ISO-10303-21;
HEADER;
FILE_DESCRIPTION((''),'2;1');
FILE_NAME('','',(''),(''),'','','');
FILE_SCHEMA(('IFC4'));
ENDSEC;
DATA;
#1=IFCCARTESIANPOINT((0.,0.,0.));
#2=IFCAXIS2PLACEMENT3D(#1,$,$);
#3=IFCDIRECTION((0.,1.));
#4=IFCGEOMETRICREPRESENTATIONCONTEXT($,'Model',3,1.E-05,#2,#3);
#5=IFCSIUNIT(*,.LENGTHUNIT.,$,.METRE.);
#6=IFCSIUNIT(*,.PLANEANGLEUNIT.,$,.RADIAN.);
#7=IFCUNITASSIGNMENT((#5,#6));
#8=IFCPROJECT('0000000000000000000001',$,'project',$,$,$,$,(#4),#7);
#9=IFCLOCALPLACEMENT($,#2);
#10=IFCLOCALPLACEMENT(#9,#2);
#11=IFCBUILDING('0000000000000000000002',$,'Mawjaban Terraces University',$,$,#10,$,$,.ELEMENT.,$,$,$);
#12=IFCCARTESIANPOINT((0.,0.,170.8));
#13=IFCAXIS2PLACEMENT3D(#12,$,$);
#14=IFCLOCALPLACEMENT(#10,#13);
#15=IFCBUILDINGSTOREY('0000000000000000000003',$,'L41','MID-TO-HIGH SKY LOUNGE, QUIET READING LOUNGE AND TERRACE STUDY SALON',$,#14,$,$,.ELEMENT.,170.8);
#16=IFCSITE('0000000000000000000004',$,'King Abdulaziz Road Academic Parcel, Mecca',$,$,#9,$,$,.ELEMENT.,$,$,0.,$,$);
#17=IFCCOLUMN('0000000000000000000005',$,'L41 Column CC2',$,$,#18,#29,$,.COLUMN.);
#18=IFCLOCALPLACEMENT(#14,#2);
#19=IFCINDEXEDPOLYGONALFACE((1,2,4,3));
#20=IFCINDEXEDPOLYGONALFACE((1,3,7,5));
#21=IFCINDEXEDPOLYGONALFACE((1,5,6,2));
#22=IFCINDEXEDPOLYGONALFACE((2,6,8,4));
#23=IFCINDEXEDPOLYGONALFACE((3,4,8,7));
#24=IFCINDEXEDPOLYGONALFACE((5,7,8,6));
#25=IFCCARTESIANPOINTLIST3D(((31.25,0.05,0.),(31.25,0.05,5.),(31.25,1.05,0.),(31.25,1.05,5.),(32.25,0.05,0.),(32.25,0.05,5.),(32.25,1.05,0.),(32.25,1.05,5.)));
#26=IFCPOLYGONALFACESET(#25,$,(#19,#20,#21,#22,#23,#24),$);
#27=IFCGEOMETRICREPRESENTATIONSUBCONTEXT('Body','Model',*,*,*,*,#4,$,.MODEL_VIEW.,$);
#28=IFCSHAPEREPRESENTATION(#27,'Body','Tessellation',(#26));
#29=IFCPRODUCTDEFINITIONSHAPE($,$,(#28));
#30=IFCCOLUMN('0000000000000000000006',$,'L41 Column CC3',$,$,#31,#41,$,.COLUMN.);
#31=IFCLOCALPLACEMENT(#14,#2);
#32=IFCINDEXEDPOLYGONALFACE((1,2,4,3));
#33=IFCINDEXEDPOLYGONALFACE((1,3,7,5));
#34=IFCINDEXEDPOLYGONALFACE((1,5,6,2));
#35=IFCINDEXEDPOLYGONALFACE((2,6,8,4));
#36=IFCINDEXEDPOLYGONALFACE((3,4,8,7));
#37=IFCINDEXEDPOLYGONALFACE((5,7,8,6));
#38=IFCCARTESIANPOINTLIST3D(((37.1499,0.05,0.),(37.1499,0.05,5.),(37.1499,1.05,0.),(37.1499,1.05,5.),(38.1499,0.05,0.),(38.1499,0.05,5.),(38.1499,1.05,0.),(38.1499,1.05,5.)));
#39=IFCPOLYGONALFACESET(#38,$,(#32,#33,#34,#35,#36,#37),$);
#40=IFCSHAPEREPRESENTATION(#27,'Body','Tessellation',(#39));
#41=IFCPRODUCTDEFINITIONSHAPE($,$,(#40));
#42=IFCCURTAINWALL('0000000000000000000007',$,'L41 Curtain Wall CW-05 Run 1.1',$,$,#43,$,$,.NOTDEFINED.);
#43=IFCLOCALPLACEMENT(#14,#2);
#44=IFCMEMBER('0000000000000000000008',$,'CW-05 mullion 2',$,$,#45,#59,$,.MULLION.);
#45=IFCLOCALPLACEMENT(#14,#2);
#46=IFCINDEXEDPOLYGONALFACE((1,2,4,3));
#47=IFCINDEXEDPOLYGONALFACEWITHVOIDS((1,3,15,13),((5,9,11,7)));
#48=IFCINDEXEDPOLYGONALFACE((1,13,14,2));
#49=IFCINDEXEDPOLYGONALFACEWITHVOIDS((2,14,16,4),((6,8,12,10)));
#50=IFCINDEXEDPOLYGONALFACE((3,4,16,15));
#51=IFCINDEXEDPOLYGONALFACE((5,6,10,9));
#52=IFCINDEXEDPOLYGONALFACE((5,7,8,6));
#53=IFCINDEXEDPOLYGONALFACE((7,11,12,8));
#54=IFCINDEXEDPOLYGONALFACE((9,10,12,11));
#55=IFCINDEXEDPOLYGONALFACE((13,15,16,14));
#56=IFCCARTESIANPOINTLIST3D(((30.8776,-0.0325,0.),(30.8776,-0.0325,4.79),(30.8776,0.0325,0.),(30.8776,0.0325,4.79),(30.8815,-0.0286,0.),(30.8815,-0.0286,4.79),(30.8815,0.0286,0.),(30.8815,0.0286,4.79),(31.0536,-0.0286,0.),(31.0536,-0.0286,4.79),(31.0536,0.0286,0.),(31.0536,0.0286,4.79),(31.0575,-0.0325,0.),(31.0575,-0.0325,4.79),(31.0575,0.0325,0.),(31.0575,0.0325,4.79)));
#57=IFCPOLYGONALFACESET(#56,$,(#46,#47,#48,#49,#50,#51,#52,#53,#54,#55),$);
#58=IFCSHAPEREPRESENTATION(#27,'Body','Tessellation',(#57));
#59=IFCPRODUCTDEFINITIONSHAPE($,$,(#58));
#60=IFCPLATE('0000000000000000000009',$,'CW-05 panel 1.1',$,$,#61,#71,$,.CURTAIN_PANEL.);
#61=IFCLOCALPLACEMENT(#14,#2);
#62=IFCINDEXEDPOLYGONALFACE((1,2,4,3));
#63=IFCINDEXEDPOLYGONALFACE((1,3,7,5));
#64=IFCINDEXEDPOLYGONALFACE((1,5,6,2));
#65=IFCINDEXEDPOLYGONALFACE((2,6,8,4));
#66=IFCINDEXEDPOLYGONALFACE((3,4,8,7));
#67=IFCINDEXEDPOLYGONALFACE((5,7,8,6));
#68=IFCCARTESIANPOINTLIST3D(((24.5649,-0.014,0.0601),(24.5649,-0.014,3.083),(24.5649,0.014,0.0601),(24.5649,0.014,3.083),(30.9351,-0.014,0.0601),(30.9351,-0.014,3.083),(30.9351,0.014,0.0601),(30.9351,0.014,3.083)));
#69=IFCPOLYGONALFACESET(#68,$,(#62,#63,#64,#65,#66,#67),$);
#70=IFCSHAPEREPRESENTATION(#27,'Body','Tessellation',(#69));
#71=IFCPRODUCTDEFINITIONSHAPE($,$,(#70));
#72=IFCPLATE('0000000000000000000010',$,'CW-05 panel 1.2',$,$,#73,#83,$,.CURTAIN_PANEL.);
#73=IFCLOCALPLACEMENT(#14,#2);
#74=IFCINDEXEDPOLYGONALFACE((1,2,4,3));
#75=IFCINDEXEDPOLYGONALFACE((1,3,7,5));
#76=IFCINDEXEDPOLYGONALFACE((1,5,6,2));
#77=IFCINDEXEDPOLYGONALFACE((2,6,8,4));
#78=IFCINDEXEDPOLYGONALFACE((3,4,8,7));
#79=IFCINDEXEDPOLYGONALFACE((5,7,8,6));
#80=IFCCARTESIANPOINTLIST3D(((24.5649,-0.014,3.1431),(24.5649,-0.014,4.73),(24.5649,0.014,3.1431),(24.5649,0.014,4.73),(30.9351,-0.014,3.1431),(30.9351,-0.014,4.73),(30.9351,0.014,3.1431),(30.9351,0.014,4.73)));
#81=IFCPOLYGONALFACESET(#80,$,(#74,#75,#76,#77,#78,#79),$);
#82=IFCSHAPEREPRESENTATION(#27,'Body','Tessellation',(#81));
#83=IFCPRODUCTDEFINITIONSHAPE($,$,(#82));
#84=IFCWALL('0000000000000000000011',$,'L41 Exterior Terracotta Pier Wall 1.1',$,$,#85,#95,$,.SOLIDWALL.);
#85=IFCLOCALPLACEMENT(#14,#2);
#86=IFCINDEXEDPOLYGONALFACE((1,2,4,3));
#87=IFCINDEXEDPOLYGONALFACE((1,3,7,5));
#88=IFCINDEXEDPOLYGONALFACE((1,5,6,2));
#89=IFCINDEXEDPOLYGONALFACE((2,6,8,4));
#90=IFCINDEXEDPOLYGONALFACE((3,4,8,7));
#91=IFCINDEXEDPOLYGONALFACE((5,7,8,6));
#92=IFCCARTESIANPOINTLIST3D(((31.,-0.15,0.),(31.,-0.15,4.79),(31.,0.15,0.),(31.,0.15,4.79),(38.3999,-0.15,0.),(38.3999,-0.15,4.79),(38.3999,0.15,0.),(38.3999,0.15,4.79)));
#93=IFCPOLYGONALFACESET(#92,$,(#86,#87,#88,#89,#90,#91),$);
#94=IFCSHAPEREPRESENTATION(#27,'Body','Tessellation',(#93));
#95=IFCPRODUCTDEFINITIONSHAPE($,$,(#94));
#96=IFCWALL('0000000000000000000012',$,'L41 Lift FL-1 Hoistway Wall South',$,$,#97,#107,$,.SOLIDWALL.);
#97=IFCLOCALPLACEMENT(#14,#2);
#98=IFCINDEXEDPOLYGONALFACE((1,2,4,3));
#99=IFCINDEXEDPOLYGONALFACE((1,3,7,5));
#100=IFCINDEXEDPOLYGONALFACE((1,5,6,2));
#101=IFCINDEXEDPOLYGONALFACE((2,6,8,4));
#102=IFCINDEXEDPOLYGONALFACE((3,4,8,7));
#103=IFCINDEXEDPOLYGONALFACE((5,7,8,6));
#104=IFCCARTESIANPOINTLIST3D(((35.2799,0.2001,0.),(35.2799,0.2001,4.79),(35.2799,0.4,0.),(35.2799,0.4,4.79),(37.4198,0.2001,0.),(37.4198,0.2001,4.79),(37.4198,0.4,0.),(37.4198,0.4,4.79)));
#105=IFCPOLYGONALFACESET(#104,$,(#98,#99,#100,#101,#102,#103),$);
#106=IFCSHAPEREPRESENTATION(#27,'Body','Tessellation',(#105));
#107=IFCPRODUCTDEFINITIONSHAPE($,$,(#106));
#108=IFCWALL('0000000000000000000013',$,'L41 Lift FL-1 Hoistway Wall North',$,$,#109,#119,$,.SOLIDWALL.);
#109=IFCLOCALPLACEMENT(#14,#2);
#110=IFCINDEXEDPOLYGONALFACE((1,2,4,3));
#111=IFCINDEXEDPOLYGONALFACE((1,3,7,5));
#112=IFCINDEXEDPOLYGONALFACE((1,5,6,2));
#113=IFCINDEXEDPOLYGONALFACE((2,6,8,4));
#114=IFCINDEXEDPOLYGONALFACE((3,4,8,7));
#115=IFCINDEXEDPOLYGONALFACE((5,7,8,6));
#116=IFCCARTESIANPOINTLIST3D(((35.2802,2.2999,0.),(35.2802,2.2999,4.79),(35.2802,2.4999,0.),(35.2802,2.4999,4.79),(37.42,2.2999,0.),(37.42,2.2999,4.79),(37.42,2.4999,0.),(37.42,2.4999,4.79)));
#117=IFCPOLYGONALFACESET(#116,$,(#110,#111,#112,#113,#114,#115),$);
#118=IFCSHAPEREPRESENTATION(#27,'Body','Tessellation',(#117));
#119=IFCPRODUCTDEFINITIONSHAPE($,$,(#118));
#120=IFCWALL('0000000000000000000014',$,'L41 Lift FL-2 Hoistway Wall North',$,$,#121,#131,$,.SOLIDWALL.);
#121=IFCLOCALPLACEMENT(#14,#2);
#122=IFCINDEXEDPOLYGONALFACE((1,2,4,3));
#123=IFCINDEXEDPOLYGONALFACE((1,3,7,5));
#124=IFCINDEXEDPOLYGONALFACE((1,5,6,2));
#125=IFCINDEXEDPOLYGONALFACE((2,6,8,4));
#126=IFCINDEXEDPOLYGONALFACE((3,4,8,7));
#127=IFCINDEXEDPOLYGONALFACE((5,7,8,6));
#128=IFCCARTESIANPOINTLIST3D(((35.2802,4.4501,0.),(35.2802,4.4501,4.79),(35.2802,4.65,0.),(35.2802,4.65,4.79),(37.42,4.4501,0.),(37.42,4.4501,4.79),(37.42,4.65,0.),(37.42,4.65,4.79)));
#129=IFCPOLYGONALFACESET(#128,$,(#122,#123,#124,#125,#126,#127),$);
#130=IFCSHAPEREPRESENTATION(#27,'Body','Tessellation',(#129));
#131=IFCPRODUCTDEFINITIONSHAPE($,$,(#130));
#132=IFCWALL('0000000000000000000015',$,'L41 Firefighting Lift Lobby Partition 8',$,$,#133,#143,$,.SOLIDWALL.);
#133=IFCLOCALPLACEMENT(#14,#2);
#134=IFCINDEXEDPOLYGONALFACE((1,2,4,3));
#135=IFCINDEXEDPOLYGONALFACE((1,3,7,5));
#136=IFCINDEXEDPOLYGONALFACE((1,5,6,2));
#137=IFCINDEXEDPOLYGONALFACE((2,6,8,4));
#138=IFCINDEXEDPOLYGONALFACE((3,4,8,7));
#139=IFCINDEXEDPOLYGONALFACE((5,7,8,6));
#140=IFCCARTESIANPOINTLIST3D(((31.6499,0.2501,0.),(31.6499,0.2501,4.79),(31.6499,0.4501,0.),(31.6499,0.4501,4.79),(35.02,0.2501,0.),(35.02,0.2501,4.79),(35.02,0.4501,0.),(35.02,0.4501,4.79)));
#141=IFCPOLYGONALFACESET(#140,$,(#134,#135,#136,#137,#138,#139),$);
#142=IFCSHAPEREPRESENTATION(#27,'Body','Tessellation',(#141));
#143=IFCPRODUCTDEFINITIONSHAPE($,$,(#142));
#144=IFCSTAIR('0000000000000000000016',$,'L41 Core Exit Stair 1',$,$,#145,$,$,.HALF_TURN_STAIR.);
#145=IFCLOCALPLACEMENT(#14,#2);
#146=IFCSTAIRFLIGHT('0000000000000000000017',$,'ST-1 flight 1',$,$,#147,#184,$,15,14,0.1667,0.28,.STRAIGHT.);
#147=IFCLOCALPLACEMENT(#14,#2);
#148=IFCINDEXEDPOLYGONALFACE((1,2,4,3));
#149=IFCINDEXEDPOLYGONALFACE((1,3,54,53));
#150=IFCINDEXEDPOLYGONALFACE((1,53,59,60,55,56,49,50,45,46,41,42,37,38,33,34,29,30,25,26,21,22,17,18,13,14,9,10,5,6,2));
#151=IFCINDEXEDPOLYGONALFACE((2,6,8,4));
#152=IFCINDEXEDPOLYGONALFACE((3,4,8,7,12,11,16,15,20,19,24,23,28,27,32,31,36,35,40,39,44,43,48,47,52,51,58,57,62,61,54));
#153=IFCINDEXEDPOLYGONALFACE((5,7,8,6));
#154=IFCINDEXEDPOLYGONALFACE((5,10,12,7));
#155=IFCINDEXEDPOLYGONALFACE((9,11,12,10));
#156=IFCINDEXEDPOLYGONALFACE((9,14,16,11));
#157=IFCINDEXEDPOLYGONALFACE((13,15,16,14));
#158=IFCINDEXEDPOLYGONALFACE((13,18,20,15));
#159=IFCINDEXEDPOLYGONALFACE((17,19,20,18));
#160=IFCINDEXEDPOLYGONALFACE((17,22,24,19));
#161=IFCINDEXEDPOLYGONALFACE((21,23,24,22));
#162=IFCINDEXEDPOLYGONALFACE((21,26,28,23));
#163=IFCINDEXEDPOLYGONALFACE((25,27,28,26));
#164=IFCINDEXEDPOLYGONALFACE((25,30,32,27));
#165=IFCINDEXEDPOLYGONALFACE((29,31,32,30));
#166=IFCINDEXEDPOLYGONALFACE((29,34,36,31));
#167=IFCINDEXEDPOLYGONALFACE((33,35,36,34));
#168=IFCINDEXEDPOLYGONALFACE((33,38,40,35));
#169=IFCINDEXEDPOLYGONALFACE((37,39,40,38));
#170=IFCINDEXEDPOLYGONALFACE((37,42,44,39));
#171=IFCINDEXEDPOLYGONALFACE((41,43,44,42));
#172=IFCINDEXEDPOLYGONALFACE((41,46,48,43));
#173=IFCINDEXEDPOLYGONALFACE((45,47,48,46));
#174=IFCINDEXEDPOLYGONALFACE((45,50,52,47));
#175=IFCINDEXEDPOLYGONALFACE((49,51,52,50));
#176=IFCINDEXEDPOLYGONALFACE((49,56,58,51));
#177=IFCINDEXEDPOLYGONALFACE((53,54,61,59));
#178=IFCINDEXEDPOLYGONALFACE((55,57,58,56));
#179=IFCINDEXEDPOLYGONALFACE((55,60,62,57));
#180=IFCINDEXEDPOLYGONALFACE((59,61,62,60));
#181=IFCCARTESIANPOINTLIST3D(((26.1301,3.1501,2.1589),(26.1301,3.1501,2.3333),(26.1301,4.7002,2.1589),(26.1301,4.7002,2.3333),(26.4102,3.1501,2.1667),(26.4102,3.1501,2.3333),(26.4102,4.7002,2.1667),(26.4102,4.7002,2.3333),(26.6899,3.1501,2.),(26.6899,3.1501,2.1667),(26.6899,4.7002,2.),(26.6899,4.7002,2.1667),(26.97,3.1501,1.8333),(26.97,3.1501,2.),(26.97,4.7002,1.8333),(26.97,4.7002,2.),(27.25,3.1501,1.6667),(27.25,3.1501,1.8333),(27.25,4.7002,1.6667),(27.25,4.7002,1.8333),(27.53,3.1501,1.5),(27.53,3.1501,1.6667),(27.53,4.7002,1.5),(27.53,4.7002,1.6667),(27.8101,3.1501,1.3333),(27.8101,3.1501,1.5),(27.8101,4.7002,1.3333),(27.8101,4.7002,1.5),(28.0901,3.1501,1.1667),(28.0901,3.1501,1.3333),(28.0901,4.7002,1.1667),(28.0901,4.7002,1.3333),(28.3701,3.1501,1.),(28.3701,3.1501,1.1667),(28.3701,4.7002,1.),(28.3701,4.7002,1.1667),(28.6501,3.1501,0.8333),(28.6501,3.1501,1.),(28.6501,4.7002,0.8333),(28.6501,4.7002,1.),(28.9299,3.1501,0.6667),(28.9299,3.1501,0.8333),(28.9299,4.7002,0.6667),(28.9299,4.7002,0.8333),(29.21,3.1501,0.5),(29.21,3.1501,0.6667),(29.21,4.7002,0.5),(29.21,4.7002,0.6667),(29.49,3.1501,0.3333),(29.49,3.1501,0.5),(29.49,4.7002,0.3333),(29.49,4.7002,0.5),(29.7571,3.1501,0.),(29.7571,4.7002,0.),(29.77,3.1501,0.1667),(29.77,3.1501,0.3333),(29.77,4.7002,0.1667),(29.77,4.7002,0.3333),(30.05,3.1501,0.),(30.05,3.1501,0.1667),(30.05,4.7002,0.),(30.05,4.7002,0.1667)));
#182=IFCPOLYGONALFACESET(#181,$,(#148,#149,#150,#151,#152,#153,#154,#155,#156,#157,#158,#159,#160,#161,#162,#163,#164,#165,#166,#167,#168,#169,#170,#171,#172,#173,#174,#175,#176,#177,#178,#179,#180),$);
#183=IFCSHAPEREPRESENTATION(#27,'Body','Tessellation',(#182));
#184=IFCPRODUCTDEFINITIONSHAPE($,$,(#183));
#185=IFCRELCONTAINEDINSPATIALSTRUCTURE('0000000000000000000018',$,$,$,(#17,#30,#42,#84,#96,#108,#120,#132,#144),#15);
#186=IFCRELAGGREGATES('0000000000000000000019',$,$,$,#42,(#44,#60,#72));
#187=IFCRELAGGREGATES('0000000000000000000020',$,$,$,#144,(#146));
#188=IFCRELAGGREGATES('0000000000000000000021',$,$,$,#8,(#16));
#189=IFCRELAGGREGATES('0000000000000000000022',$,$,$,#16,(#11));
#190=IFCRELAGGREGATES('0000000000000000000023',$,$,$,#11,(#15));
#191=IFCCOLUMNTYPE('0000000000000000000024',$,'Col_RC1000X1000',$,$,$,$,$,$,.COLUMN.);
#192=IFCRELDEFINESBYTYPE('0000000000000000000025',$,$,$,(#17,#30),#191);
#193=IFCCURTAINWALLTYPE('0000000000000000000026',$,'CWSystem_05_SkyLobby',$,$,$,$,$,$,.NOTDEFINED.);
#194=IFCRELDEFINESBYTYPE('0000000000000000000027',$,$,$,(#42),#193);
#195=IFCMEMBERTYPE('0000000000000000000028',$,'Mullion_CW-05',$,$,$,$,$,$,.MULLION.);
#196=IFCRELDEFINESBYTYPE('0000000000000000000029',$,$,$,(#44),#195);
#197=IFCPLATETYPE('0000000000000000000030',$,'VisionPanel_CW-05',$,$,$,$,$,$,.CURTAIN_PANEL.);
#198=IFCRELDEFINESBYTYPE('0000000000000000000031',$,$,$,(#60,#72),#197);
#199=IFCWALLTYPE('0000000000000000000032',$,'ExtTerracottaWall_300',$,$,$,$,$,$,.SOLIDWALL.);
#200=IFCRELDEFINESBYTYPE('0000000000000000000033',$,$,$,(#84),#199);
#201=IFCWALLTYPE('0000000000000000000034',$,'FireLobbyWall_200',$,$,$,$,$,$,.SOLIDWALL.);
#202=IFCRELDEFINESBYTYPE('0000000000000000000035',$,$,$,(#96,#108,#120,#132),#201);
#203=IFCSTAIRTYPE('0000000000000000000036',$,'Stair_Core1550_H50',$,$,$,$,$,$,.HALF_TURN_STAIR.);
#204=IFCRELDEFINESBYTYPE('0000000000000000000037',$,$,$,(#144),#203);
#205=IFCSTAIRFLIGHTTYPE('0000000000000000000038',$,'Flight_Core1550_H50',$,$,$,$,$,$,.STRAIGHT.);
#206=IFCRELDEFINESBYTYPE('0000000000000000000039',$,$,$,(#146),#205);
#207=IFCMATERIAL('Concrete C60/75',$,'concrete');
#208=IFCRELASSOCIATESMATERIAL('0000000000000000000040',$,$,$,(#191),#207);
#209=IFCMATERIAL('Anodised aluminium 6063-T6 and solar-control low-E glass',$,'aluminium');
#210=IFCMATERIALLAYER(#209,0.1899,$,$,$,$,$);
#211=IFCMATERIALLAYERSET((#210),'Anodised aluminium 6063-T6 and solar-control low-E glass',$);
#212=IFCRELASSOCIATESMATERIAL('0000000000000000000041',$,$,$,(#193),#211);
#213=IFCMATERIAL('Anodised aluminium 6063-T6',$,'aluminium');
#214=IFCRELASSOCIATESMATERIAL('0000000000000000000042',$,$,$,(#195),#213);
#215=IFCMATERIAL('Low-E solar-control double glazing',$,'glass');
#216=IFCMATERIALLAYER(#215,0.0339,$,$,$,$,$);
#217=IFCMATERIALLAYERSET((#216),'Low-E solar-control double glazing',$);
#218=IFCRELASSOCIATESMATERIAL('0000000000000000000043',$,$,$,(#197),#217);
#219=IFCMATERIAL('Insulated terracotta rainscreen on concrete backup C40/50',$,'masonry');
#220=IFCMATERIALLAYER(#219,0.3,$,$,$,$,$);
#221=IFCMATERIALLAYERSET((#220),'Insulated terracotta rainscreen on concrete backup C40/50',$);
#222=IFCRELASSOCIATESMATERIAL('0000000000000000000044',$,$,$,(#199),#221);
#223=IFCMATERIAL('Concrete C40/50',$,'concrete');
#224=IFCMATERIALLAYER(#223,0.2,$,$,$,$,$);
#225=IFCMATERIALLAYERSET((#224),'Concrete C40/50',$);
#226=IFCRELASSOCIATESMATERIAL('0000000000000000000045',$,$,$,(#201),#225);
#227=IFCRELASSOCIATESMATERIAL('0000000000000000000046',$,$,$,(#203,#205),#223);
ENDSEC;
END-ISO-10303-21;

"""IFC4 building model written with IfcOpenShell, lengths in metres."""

from ifc_helpers import new_model, si_unit, direction, frame, frame_2d, origin, origin_2d, place, context, subcontext, project, spatial, polyline, rectangle, hollow_rectangle, outline, extrude, material, layer, layer_set, material_profile, profile_set, type_object, element, aggregate, save


model = new_model("IFC4")

# Units and contexts
model_context = context("Model", 3, precision=1e-05, world=origin(), true_north=direction((0.0, 1.0)))
body_context = subcontext(model_context, "Body", "Model", "MODEL_VIEW")
ifc_project = project(units=[si_unit("LENGTHUNIT", "METRE"), si_unit("PLANEANGLEUNIT", "RADIAN")], contexts=[model_context])

# Site, building, storey
site_placement = place(None, origin())
site = spatial("IfcSite", under=ifc_project, at=site_placement, Name="King Abdulaziz Road Academic Parcel, Mecca", CompositionType="ELEMENT", RefElevation=0.0)
building_placement = place(site_placement, origin())
building = spatial("IfcBuilding", under=site, at=building_placement, Name="Mawjaban Terraces University", CompositionType="ELEMENT")
storey_placement = place(building_placement, frame((0.0, 0.0, 170.8)))
storey = spatial("IfcBuildingStorey", under=building, at=storey_placement, Name="L41", Description="MID-TO-HIGH SKY LOUNGE, QUIET READING LOUNGE AND TERRACE STUDY SALON", CompositionType="ELEMENT", Elevation=170.8)

# Columns
ifc_material_1 = material(Name="Concrete C60/75", Category="concrete")
ifc_material_profile_1 = material_profile(ifc_material_1, rectangle(XDim=1.0, YDim=1.0, at=origin_2d()), Name="RC1000X1000")
ifc_profile_set_1 = profile_set([ifc_material_profile_1], Name="Concrete C60/75")
column_type = type_object("IfcColumnType", Name="Col_RC1000X1000", PredefinedType="COLUMN", material=ifc_profile_set_1)
for number, where, z_axis, x_axis, name in (
    (1, (31.75, 0.55, 0.0), (0.0, 0.0, 1.0), (1.0, 0.0, 0.0), "L41 Column CC2"),
    (2, (37.6499, 0.55, 0.0), (0.0, 0.0, 1.0), (1.0, 0.0, 0.0), "L41 Column CC3"),
):
    element("IfcColumn", number, at=place(storey_placement, frame(where, z_axis=z_axis, x_axis=x_axis)), inside=storey, type_object=column_type, Name=name, PredefinedType="COLUMN", context=body_context, shape_type="SweptSolid", body=[
        extrude(rectangle(XDim=1.0, YDim=1.0, at=origin_2d()), origin(), (0.0, 0.0, 1.0), 5.0),
    ])

# Curtain wall, member, plates
ifc_material_2 = material(Name="Anodised aluminium 6063-T6 and solar-control low-E glass", Category="aluminium")
ifc_layer_1 = layer(ifc_material_2, 0.1899)
ifc_layer_set_1 = layer_set([ifc_layer_1], Name="Anodised aluminium 6063-T6 and solar-control low-E glass")
curtain_wall_type = type_object("IfcCurtainWallType", Name="CWSystem_05_SkyLobby", PredefinedType="NOTDEFINED", material=ifc_layer_set_1)
curtain_wall_placement = place(storey_placement, origin())
curtain_wall = element("IfcCurtainWall", 3, at=curtain_wall_placement, inside=storey, type_object=curtain_wall_type, Name="L41 Curtain Wall CW-05 Run 1.1", PredefinedType="NOTDEFINED")
ifc_material_3 = material(Name="Anodised aluminium 6063-T6", Category="aluminium")
ifc_material_profile_2 = material_profile(ifc_material_3, hollow_rectangle(XDim=0.0649, YDim=0.1799, WallThickness=0.0039, at=origin_2d()), Name="ALU180X65X4")
ifc_profile_set_2 = profile_set([ifc_material_profile_2], Name="Anodised aluminium 6063-T6")
member_type = type_object("IfcMemberType", Name="Mullion_CW-05", PredefinedType="MULLION", material=ifc_profile_set_2)
member_placement = place(storey_placement, frame((30.9675, 0.0, 0.0), z_axis=(0.0, 0.0, 1.0), x_axis=(0.0, 1.0, 0.0)))
member = element("IfcMember", 4, at=member_placement, type_object=member_type, Name="CW-05 mullion 2", PredefinedType="MULLION", context=body_context, shape_type="SweptSolid", body=[
    extrude(hollow_rectangle(XDim=0.0649, YDim=0.1799, WallThickness=0.0039, at=origin_2d()), origin(), (0.0, 0.0, 1.0), 4.79),
])
ifc_material_4 = material(Name="Low-E solar-control double glazing", Category="glass")
ifc_layer_2 = layer(ifc_material_4, 0.0339)
ifc_layer_set_2 = layer_set([ifc_layer_2], Name="Low-E solar-control double glazing")
plate_type = type_object("IfcPlateType", Name="VisionPanel_CW-05", PredefinedType="CURTAIN_PANEL", material=ifc_layer_set_2)
plate_1_placement = place(storey_placement, frame((27.75, 0.0, 0.0601), z_axis=(0.0, 0.0, 1.0), x_axis=(1.0, 0.0, 0.0)))
plate_1 = element("IfcPlate", 5, at=plate_1_placement, type_object=plate_type, Name="CW-05 panel 1.1", PredefinedType="CURTAIN_PANEL", context=body_context, shape_type="SweptSolid", body=[
    extrude(rectangle(XDim=6.3701, YDim=0.0281, at=origin_2d()), origin(), (0.0, 0.0, 1.0), 3.0229),
])
plate_2_placement = place(storey_placement, frame((27.75, 0.0, 3.1431), z_axis=(0.0, 0.0, 1.0), x_axis=(1.0, 0.0, 0.0)))
plate_2 = element("IfcPlate", 6, at=plate_2_placement, type_object=plate_type, Name="CW-05 panel 1.2", PredefinedType="CURTAIN_PANEL", context=body_context, shape_type="SweptSolid", body=[
    extrude(rectangle(XDim=6.3701, YDim=0.0281, at=origin_2d()), origin(), (0.0, 0.0, 1.0), 1.5869),
])
aggregate(curtain_wall, [member, plate_1, plate_2])

# Wall
ifc_material_5 = material(Name="Insulated terracotta rainscreen on concrete backup C40/50", Category="masonry")
ifc_layer_3 = layer(ifc_material_5, 0.3)
ifc_layer_set_3 = layer_set([ifc_layer_3], Name="Insulated terracotta rainscreen on concrete backup C40/50")
wall_type_1 = type_object("IfcWallType", Name="ExtTerracottaWall_300", PredefinedType="SOLIDWALL", material=ifc_layer_set_3)
wall_1_placement = place(storey_placement, frame((31.0, 0.0, 0.0), z_axis=(0.0, 0.0, 1.0), x_axis=(1.0, 0.0, 0.0)))
element("IfcWall", 7, at=wall_1_placement, inside=storey, type_object=wall_type_1, Name="L41 Exterior Terracotta Pier Wall 1.1", PredefinedType="SOLIDWALL", context=body_context, shape_type="SweptSolid", body=[
    extrude(rectangle(XDim=7.3999, YDim=0.3, at=frame_2d((3.7, 0.0))), origin(), (0.0, 0.0, 1.0), 4.79),
])

# Shared definitions
ifc_material_6 = material(Name="Concrete C40/50", Category="concrete")
ifc_layer_4 = layer(ifc_material_6, 0.2)
ifc_layer_set_4 = layer_set([ifc_layer_4], Name="Concrete C40/50")
wall_type_2 = type_object("IfcWallType", Name="FireLobbyWall_200", PredefinedType="SOLIDWALL", material=ifc_layer_set_4)

# Walls
for number, where, z_axis, x_axis, name in (
    (8, (35.28, 0.3, 0.0), (0.0, 0.0, 1.0), (1.0, 0.0, 0.0), "L41 Lift FL-1 Hoistway Wall South"),
    (9, (37.4199, 2.3999, 0.0), (0.0, 0.0, 1.0), (-1.0, 0.0, 0.0), "L41 Lift FL-1 Hoistway Wall North"),
):
    element("IfcWall", number, at=place(storey_placement, frame(where, z_axis=z_axis, x_axis=x_axis)), inside=storey, type_object=wall_type_2, Name=name, PredefinedType="SOLIDWALL", context=body_context, shape_type="SweptSolid", body=[
        extrude(rectangle(XDim=2.1399, YDim=0.2, at=frame_2d((1.0698, 0.0))), origin(), (0.0, 0.0, 1.0), 4.79),
    ])

# Walls
wall_2_placement = place(storey_placement, frame((37.4199, 4.55, 0.0), z_axis=(0.0, 0.0, 1.0), x_axis=(-1.0, 0.0, 0.0)))
element("IfcWall", 10, at=wall_2_placement, inside=storey, type_object=wall_type_2, Name="L41 Lift FL-2 Hoistway Wall North", PredefinedType="SOLIDWALL", context=body_context, shape_type="SweptSolid", body=[
    extrude(rectangle(XDim=2.1399, YDim=0.2, at=frame_2d((1.0698, 0.0))), origin(), (0.0, 0.0, 1.0), 4.79),
])
wall_3_placement = place(storey_placement, frame((31.6499, 0.3501, 0.0), z_axis=(0.0, 0.0, 1.0), x_axis=(1.0, 0.0, 0.0)))
element("IfcWall", 11, at=wall_3_placement, inside=storey, type_object=wall_type_2, Name="L41 Firefighting Lift Lobby Partition 8", PredefinedType="SOLIDWALL", context=body_context, shape_type="SweptSolid", body=[
    extrude(rectangle(XDim=3.3701, YDim=0.2, at=frame_2d((1.6851, 0.0))), origin(), (0.0, 0.0, 1.0), 4.79),
])

# Stair, stair flight
stair_type = type_object("IfcStairType", Name="Stair_Core1550_H50", PredefinedType="HALF_TURN_STAIR", material=ifc_material_6)
stair_placement = place(storey_placement, origin())
stair = element("IfcStair", 12, at=stair_placement, inside=storey, type_object=stair_type, Name="L41 Core Exit Stair 1", PredefinedType="HALF_TURN_STAIR")
stair_flight_type = type_object("IfcStairFlightType", Name="Flight_Core1550_H50", PredefinedType="STRAIGHT", material=ifc_material_6)
stair_flight_1_placement = place(storey_placement, frame((30.05, 3.925, 0.0), z_axis=(0.0, 0.0, 1.0), x_axis=(-1.0, 0.0, 0.0)))
stair_flight_1 = element("IfcStairFlight", 13, at=stair_flight_1_placement, type_object=stair_flight_type, Name="ST-1 flight 1", NumberOfRisers=15, NumberOfTreads=14, PredefinedType="STRAIGHT", RiserHeight=0.1667, TreadLength=0.28, context=body_context, shape_type="SweptSolid", body=[
    extrude(outline(polyline([(0.0, 0.0), (0.0, 0.1667), (0.28, 0.1667), (0.28, 0.3333), (0.5601, 0.3333), (0.5601, 0.5), (0.8401, 0.5), (0.8401, 0.6667), (1.1201, 0.6667), (1.1201, 0.8333), (1.3999, 0.8333), (1.3999, 1.0), (1.6799, 1.0), (1.6799, 1.1667), (1.96, 1.1667), (1.96, 1.3333), (2.24, 1.3333), (2.24, 1.5), (2.52, 1.5), (2.52, 1.6667), (2.8, 1.6667), (2.8, 1.8333), (3.0801, 1.8333), (3.0801, 2.0), (3.3601, 2.0), (3.3601, 2.1667), (3.6399, 2.1667), (3.6399, 2.3333), (3.9199, 2.3333), (3.9199, 2.5), (3.9199, 2.1589), (0.293, 0.0), (0.0, 0.0)])), frame((0.0, 0.7749, 0.0), z_axis=(0.0, -1.0, 0.0), x_axis=(1.0, 0.0, 0.0)), (0.0, 0.0, 1.0), 1.55),
])
aggregate(stair, [stair_flight_1])

save(model, "model.ifc")
